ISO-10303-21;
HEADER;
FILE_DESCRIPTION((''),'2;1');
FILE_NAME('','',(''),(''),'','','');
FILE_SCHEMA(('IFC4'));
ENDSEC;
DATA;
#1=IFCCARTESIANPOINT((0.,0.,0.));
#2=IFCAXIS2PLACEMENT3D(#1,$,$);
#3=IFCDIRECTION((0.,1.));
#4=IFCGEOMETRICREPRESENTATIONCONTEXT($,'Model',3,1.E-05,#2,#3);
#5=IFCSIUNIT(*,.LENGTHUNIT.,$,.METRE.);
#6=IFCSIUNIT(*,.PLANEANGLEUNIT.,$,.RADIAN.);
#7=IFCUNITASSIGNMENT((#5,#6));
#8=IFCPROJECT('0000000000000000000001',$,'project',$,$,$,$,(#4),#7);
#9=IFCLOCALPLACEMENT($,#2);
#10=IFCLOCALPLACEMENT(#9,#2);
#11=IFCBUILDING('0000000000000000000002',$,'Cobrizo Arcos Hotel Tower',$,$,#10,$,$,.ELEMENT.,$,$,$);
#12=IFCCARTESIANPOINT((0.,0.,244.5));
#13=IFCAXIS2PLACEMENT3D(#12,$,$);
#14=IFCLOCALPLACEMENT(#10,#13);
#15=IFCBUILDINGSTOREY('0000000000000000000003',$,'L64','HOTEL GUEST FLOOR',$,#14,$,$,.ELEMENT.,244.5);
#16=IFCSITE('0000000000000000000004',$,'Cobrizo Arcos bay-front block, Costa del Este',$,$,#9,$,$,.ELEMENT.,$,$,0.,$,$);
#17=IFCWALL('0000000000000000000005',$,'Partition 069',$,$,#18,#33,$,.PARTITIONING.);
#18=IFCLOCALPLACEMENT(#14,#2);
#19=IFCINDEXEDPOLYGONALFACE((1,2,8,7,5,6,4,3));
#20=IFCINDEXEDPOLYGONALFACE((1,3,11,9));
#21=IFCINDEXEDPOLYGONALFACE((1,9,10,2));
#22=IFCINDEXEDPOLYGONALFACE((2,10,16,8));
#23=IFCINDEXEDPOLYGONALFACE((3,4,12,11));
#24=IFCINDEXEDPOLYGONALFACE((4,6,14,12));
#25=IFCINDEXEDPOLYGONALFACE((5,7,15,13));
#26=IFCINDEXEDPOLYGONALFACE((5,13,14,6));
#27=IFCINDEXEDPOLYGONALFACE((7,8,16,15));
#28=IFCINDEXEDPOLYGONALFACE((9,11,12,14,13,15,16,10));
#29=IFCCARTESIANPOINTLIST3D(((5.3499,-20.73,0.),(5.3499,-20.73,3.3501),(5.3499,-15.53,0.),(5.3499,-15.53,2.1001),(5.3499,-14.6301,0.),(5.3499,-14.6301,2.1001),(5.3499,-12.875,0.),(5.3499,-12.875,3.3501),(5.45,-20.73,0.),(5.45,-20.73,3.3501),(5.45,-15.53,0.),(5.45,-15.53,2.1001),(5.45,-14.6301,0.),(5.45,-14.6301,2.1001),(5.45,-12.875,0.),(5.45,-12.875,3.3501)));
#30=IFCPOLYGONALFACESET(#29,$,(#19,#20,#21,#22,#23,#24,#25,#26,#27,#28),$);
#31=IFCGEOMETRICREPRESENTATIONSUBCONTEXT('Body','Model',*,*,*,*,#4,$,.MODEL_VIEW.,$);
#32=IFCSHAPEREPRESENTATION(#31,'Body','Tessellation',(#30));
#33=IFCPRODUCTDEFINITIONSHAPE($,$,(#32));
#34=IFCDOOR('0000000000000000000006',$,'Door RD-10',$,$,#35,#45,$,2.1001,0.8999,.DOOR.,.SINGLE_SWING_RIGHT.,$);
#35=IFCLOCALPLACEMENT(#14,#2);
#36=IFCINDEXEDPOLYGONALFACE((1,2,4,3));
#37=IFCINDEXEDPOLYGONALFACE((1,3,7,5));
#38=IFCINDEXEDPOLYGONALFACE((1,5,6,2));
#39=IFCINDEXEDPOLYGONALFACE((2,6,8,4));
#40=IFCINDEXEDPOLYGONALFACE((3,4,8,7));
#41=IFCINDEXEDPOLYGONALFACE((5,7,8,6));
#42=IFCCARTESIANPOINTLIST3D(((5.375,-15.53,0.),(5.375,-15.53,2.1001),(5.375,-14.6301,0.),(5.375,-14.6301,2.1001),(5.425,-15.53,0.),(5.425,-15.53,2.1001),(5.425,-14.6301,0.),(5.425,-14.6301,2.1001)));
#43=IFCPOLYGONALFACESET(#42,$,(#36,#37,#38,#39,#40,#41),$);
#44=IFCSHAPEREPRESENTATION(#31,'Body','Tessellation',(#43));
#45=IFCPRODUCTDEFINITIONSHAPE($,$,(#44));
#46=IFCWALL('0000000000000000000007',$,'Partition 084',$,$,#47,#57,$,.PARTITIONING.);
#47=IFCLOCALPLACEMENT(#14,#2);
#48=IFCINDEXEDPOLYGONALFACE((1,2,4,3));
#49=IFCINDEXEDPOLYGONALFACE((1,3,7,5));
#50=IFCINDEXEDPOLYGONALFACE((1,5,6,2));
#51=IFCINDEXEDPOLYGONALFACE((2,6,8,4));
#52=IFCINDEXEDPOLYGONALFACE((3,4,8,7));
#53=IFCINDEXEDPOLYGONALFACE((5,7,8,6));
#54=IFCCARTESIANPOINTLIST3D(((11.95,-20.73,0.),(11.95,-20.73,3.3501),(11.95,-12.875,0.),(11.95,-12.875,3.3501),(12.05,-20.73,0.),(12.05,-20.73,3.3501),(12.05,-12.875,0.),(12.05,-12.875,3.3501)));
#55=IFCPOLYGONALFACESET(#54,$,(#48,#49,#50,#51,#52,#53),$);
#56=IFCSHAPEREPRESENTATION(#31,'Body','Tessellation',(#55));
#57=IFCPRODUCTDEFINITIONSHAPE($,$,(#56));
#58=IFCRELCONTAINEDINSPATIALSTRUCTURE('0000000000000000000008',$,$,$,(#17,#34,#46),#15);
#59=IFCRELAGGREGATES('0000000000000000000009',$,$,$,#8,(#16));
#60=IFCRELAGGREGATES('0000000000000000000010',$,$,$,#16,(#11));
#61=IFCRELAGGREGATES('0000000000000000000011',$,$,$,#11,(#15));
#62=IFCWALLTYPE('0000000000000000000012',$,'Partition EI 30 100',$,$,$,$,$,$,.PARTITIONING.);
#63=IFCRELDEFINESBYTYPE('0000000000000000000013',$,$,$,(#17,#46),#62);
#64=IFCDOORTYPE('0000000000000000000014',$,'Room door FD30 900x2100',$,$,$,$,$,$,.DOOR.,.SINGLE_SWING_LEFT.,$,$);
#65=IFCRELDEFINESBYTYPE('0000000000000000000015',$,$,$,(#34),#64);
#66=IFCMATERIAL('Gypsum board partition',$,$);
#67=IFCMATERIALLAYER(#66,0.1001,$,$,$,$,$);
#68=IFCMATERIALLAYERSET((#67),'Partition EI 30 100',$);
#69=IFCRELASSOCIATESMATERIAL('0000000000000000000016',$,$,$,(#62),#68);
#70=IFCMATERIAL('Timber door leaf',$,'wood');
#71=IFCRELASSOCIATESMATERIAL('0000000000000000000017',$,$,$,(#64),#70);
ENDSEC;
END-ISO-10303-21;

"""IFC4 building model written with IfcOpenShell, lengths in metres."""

from ifc_helpers import new_model, si_unit, direction, frame, frame_2d, origin, place, context, subcontext, project, spatial, rectangle, extrude, material, layer, layer_set, type_object, element, fill, save


model = new_model("IFC4")

# Units and contexts
model_context = context("Model", 3, precision=1e-05, world=origin(), true_north=direction((0.0, 1.0)))
body_context = subcontext(model_context, "Body", "Model", "MODEL_VIEW")
ifc_project = project(units=[si_unit("LENGTHUNIT", "METRE"), si_unit("PLANEANGLEUNIT", "RADIAN")], contexts=[model_context])

# Site, building, storey
site_placement = place(None, origin())
site = spatial("IfcSite", under=ifc_project, at=site_placement, Name="Cobrizo Arcos bay-front block, Costa del Este", CompositionType="ELEMENT", RefElevation=0.0)
building_placement = place(site_placement, origin())
building = spatial("IfcBuilding", under=site, at=building_placement, Name="Cobrizo Arcos Hotel Tower", CompositionType="ELEMENT")
storey_placement = place(building_placement, frame((0.0, 0.0, 244.5)))
storey = spatial("IfcBuildingStorey", under=building, at=storey_placement, Name="L64", Description="HOTEL GUEST FLOOR", CompositionType="ELEMENT", Elevation=244.5)

# Shared definitions
ifc_material_1 = material(Name="Gypsum board partition")
ifc_layer_1 = layer(ifc_material_1, 0.1001)
ifc_layer_set_1 = layer_set([ifc_layer_1], Name="Partition EI 30 100")
wall_type = type_object("IfcWallType", Name="Partition EI 30 100", PredefinedType="PARTITIONING", material=ifc_layer_set_1)

# Wall, opening, door
wall_1_placement = place(storey_placement, frame((5.3999, -20.73, 0.0), z_axis=(0.0, 0.0, 1.0), x_axis=(0.0, 1.0, 0.0)))
wall_1 = element("IfcWall", 1, at=wall_1_placement, inside=storey, type_object=wall_type, Name="Partition 069", PredefinedType="PARTITIONING", context=body_context, shape_type="SweptSolid", body=[
    extrude(rectangle(XDim=7.855, YDim=0.1001, at=frame_2d((3.9275, 0.0))), origin(), (0.0, 0.0, 1.0), 3.3501),
])
opening_placement = place(wall_1_placement, frame((5.2, 0.0, 0.0)))
opening = element("IfcOpeningElement", 2, at=opening_placement, cuts=wall_1, PredefinedType="OPENING", context=body_context, shape_type="SweptSolid", body=[
    extrude(rectangle(XDim=0.8999, YDim=2.1001, at=frame_2d((0.45, 1.05))), frame((0.0, 0.062, 0.0), z_axis=(0.0, -1.0, 0.0), x_axis=(1.0, 0.0, 0.0)), (0.0, 0.0, 1.0), 0.124),
])
ifc_material_2 = material(Name="Timber door leaf", Category="wood")
door_type = type_object("IfcDoorType", Name="Room door FD30 900x2100", OperationType="SINGLE_SWING_LEFT", PredefinedType="DOOR", material=ifc_material_2)
door_placement = place(opening_placement, origin())
door = element("IfcDoor", 3, at=door_placement, inside=storey, type_object=door_type, Name="Door RD-10", OperationType="SINGLE_SWING_RIGHT", OverallHeight=2.1001, OverallWidth=0.8999, PredefinedType="DOOR", context=body_context, shape_type="SweptSolid", body=[
    extrude(rectangle(XDim=0.8999, YDim=2.1001, at=frame_2d((0.45, 1.05))), frame((0.0, 0.0249, 0.0), z_axis=(0.0, -1.0, 0.0), x_axis=(1.0, 0.0, 0.0)), (0.0, 0.0, 1.0), 0.05),
])
fill(opening, door)

# Wall
wall_2_placement = place(storey_placement, frame((12.0, -20.73, 0.0), z_axis=(0.0, 0.0, 1.0), x_axis=(0.0, 1.0, 0.0)))
element("IfcWall", 4, at=wall_2_placement, inside=storey, type_object=wall_type, Name="Partition 084", PredefinedType="PARTITIONING", context=body_context, shape_type="SweptSolid", body=[
    extrude(rectangle(XDim=7.855, YDim=0.1001, at=frame_2d((3.9275, 0.0))), origin(), (0.0, 0.0, 1.0), 3.3501),
])

save(model, "model.ifc")
